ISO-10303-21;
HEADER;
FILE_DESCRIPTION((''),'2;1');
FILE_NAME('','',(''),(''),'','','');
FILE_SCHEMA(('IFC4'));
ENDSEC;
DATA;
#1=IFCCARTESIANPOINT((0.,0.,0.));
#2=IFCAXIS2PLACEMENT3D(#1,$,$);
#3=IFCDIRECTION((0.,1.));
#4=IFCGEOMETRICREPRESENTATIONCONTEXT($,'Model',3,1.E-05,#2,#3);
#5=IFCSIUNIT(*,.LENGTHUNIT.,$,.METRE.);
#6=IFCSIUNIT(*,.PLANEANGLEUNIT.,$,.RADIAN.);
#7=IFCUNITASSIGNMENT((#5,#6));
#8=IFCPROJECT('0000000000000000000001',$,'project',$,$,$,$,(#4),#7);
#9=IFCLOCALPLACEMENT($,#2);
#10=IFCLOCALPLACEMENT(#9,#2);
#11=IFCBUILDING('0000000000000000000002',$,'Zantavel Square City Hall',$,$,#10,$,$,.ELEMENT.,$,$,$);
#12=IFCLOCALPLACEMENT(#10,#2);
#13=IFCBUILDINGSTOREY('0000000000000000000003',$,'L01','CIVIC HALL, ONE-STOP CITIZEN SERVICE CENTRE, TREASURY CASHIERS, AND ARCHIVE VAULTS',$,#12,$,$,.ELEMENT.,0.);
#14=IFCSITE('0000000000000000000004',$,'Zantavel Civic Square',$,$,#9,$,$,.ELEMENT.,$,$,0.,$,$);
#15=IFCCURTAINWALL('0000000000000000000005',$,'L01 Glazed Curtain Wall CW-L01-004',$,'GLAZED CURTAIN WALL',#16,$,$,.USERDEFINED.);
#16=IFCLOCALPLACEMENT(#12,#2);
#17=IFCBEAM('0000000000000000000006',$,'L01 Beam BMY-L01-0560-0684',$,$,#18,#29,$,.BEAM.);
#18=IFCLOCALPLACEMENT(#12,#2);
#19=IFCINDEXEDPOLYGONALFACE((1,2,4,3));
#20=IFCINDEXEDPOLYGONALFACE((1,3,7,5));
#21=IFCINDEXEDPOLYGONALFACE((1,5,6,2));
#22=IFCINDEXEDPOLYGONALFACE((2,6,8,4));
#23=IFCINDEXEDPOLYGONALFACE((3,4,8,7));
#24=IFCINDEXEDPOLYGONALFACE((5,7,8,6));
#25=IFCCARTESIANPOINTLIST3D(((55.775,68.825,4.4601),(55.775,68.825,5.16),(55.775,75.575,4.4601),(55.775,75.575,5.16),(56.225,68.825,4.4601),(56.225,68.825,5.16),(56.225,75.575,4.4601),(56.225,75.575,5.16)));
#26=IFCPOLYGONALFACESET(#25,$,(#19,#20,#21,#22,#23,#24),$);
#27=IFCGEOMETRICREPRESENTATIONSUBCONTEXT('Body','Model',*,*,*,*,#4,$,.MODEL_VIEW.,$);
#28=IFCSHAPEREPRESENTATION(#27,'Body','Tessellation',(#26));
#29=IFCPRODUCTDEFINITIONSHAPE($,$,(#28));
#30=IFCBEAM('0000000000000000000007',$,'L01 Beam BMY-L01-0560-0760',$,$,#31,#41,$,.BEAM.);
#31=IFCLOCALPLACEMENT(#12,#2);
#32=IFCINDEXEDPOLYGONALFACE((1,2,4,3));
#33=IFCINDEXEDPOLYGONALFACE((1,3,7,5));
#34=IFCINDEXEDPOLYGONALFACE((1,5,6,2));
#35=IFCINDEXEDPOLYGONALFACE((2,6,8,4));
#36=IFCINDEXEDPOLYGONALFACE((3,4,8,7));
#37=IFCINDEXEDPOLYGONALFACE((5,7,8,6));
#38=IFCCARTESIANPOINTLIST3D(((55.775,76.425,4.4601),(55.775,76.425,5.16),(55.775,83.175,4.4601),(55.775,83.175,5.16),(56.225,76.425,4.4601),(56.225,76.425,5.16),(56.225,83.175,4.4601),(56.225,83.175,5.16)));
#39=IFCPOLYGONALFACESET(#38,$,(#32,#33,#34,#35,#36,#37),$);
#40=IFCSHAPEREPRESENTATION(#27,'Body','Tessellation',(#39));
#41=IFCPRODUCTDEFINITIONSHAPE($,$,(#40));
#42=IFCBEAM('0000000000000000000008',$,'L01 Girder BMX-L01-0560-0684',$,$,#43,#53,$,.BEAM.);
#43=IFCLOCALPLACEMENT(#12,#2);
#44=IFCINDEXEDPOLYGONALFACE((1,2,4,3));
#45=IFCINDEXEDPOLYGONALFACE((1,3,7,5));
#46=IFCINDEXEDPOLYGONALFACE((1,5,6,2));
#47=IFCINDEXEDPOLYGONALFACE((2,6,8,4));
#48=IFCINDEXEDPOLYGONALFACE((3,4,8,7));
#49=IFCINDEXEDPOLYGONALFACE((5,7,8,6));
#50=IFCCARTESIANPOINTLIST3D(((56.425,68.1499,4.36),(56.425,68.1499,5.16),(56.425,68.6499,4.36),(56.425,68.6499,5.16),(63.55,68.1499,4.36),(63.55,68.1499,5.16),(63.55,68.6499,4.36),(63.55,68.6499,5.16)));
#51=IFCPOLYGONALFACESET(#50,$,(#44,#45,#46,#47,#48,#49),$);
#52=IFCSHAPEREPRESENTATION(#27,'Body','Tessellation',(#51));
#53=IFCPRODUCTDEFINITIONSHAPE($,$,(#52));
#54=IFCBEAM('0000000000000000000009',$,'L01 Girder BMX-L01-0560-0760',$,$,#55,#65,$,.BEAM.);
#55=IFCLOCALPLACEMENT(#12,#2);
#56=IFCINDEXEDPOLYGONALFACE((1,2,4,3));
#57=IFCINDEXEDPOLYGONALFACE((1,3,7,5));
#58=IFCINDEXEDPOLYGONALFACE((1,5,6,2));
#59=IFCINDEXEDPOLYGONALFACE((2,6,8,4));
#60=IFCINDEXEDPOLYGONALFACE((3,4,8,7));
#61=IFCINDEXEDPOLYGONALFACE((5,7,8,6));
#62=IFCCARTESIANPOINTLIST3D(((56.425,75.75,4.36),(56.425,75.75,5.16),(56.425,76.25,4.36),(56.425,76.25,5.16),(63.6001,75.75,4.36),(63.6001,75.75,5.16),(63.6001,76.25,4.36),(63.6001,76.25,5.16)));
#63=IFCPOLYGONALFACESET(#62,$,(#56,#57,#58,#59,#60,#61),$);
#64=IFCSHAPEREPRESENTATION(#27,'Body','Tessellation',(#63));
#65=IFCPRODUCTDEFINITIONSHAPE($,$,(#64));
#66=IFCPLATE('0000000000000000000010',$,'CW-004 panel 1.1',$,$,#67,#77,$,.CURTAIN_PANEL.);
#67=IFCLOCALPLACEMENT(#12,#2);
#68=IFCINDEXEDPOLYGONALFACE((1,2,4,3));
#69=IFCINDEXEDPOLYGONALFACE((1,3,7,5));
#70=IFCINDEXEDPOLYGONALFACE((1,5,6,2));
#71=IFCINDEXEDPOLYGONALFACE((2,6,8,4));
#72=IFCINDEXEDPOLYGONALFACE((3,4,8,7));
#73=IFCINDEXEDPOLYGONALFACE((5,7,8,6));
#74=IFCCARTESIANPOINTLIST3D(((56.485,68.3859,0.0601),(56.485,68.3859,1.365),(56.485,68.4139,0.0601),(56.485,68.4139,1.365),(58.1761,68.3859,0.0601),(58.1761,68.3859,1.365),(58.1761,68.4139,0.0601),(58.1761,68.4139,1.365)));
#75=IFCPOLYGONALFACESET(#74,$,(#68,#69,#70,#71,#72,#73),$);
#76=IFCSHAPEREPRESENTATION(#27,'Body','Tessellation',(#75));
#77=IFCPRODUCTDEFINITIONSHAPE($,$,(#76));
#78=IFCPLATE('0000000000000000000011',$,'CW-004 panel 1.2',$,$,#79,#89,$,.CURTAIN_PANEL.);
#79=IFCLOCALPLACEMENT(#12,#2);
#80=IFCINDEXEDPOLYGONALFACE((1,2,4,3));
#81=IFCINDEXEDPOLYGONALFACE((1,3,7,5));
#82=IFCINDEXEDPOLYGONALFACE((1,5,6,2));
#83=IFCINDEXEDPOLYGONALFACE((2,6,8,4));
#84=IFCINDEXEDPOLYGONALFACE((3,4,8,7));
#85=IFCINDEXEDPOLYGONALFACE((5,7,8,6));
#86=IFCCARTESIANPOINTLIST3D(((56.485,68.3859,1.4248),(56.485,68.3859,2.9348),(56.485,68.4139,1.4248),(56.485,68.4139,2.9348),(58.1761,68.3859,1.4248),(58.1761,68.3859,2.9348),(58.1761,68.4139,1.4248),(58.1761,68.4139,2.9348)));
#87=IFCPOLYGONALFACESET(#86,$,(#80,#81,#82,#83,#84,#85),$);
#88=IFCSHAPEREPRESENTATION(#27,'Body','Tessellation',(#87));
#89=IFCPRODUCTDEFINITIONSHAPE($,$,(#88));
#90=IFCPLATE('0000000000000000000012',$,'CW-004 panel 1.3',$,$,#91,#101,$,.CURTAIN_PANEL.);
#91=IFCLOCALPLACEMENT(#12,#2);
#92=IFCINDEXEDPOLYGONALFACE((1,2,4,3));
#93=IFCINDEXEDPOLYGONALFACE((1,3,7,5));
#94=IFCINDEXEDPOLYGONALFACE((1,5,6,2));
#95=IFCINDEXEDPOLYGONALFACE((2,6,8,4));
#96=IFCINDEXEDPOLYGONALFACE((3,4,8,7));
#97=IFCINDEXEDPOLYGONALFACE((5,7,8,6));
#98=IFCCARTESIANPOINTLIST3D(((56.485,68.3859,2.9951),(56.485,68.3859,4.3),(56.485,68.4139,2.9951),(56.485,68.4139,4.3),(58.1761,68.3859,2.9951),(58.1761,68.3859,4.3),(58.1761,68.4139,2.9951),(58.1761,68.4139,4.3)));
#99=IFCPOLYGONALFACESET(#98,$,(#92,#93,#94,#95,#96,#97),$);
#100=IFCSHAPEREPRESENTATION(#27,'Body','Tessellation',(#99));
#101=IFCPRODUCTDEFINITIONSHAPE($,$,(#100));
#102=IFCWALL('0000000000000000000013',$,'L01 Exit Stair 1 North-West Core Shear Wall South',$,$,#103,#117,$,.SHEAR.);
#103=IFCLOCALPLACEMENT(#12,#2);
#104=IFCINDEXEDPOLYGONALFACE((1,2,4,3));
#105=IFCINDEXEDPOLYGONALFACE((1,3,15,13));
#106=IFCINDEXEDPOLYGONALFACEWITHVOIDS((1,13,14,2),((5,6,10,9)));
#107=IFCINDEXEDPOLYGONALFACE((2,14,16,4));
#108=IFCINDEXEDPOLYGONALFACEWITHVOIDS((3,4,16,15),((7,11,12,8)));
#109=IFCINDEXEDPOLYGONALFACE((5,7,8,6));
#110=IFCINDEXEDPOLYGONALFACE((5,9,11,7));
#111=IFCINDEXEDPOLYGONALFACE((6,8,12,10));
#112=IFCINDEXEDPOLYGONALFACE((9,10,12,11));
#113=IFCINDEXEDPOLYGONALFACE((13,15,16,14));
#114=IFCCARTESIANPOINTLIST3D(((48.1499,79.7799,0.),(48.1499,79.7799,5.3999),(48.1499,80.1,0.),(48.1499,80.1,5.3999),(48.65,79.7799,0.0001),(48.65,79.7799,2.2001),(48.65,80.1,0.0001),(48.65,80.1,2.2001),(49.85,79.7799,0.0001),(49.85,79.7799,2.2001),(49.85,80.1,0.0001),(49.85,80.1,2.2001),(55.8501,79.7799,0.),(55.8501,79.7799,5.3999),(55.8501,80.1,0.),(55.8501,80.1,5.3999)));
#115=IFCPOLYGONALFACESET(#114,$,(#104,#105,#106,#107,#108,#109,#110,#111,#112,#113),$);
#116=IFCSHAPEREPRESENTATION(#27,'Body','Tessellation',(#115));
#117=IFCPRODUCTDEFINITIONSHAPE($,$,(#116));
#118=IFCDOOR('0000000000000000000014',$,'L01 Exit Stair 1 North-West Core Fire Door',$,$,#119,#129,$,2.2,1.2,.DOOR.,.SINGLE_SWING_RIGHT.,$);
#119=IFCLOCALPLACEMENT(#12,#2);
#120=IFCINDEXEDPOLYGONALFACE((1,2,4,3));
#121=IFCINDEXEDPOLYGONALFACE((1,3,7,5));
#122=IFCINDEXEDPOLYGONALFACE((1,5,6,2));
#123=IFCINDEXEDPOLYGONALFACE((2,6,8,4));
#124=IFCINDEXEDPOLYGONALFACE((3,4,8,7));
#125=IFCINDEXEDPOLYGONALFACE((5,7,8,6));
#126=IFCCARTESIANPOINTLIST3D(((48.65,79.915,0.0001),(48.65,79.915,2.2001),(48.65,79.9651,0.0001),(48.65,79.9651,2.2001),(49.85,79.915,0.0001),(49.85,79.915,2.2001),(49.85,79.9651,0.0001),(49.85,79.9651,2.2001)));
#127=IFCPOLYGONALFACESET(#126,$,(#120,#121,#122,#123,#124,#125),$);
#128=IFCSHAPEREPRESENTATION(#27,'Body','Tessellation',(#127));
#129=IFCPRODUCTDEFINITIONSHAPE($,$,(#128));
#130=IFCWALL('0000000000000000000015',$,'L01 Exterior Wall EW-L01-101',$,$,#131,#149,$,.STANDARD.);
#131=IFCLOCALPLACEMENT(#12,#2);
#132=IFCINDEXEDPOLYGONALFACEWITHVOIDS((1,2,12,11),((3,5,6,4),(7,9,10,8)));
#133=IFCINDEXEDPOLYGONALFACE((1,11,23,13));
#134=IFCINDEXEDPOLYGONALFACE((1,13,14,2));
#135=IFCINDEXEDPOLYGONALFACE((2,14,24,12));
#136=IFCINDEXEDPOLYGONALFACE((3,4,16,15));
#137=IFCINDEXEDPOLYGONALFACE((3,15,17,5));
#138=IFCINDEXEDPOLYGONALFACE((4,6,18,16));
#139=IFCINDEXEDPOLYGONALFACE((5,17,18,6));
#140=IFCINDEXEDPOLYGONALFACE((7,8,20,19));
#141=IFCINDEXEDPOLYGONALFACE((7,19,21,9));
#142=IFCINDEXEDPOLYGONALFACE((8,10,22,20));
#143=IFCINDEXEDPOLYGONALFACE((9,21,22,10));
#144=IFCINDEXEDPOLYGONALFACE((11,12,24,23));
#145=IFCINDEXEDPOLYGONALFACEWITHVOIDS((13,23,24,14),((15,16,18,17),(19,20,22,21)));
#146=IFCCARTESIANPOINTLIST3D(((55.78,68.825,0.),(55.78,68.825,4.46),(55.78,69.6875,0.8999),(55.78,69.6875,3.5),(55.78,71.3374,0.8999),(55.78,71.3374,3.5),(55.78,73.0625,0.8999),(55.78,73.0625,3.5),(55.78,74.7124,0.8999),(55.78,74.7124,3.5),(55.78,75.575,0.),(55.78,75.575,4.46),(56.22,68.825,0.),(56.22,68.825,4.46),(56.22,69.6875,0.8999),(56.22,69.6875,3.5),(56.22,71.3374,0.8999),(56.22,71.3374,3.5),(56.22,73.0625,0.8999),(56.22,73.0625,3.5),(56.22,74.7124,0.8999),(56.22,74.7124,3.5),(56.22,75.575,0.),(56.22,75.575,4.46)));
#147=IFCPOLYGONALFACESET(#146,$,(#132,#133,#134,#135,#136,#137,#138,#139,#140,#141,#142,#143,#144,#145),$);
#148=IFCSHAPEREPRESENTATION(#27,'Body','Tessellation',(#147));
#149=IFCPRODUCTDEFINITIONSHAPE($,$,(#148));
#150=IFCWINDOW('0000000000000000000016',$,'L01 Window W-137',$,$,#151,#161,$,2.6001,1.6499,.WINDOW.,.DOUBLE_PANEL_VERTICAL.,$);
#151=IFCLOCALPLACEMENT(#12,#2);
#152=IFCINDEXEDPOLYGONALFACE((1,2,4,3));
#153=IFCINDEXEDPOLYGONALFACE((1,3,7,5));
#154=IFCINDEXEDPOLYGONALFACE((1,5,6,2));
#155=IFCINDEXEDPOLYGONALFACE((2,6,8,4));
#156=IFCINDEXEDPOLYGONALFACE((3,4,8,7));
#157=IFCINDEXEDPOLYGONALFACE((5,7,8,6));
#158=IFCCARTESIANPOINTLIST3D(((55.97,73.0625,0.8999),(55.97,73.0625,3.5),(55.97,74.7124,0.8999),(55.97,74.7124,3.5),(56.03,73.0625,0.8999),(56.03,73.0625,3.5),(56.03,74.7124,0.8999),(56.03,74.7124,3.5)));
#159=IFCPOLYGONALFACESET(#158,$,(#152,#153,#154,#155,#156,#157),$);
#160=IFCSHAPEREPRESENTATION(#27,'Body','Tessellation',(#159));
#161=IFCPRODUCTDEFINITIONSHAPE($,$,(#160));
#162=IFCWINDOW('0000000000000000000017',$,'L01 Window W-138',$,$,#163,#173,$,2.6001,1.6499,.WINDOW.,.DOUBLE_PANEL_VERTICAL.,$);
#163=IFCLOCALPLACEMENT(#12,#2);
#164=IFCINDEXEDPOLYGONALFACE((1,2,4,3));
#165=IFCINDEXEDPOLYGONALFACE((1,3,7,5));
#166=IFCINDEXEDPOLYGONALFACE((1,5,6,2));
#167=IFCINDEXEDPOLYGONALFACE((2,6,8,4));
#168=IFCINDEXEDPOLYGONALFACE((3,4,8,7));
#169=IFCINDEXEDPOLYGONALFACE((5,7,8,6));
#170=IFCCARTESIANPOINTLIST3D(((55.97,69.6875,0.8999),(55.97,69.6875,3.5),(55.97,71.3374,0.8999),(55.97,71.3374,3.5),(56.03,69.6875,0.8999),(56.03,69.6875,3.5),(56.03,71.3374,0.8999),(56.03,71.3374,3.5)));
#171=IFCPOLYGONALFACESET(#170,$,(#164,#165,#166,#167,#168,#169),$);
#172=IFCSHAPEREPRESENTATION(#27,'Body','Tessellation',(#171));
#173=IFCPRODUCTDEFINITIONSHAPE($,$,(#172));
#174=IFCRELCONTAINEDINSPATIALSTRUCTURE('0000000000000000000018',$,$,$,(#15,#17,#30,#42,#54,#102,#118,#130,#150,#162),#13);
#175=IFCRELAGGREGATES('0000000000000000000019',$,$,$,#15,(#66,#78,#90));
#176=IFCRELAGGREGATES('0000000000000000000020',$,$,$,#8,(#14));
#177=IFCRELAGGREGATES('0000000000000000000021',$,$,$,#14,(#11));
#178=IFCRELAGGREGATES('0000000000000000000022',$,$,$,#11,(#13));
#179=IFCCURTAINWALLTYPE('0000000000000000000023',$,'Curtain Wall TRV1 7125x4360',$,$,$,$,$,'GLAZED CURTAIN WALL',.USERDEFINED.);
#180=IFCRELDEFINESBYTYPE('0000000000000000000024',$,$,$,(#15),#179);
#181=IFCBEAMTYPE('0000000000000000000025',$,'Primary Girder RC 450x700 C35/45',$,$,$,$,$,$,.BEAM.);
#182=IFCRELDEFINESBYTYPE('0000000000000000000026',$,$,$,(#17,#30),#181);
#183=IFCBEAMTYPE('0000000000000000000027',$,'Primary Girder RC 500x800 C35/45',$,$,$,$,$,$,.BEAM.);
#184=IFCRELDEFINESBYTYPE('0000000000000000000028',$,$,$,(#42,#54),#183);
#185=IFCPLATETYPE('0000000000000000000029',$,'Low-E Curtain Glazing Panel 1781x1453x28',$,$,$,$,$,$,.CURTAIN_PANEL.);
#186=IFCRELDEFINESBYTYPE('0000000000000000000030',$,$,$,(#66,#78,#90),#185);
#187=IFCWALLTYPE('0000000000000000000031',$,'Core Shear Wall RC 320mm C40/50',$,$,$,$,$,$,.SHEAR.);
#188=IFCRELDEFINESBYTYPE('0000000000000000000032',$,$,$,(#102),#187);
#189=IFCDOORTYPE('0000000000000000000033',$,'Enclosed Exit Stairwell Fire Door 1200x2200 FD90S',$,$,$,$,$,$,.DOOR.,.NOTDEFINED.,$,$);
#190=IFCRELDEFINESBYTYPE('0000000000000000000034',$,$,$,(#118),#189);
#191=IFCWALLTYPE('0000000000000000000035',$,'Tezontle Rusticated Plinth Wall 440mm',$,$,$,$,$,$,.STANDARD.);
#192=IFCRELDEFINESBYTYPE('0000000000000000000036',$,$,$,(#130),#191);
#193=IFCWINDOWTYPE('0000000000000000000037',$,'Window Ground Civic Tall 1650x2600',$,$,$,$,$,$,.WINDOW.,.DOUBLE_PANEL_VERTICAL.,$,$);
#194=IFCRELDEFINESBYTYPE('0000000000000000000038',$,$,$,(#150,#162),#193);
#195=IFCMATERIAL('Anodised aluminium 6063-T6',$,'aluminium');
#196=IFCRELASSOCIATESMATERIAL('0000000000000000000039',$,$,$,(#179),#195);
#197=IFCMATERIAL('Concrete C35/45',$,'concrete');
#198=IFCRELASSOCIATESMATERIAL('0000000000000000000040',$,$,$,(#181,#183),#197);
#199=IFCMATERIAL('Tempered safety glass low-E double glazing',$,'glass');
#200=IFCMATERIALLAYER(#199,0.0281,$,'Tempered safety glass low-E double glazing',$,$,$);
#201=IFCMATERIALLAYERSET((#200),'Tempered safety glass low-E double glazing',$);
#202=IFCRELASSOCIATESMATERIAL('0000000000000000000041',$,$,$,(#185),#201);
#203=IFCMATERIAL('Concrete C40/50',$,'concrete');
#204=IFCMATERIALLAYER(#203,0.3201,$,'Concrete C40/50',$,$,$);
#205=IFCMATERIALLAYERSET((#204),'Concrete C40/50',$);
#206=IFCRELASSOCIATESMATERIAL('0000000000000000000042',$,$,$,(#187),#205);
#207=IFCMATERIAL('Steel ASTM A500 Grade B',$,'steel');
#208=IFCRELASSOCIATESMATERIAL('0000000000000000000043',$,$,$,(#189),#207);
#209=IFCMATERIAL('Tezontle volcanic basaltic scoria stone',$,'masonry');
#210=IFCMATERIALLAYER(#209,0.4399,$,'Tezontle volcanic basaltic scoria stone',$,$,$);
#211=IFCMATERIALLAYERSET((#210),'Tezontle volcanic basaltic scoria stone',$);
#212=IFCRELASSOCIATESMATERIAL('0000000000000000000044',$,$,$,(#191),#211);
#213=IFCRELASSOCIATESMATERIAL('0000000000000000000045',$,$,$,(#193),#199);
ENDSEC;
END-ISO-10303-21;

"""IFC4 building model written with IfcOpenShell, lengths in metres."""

from ifc_helpers import new_model, si_unit, direction, frame, frame_2d, origin, origin_2d, place, context, subcontext, project, spatial, rectangle, extrude, material, layer, layer_set, material_profile, profile_set, type_object, element, fill, aggregate, save


model = new_model("IFC4")

# Units and contexts
model_context = context("Model", 3, precision=1e-05, world=origin(), true_north=direction((0.0, 1.0)))
body_context = subcontext(model_context, "Body", "Model", "MODEL_VIEW")
ifc_project = project(units=[si_unit("LENGTHUNIT", "METRE"), si_unit("PLANEANGLEUNIT", "RADIAN")], contexts=[model_context])

# Site, building, storey
site_placement = place(None, origin())
site = spatial("IfcSite", under=ifc_project, at=site_placement, Name="Zantavel Civic Square", CompositionType="ELEMENT", RefElevation=0.0)
building_placement = place(site_placement, origin())
building = spatial("IfcBuilding", under=site, at=building_placement, Name="Zantavel Square City Hall", CompositionType="ELEMENT")
storey_placement = place(building_placement, origin())
storey = spatial("IfcBuildingStorey", under=building, at=storey_placement, Name="L01", Description="CIVIC HALL, ONE-STOP CITIZEN SERVICE CENTRE, TREASURY CASHIERS, AND ARCHIVE VAULTS", CompositionType="ELEMENT", Elevation=0.0)

# Shared definitions
ifc_material_1 = material(Name="Concrete C40/50", Category="concrete")

# Curtain wall
ifc_material_2 = material(Name="Anodised aluminium 6063-T6", Category="aluminium")
curtain_wall_type = type_object("IfcCurtainWallType", Name="Curtain Wall TRV1 7125x4360", ElementType="GLAZED CURTAIN WALL", PredefinedType="USERDEFINED", material=ifc_material_2)
curtain_wall_placement = place(storey_placement, origin())
curtain_wall = element("IfcCurtainWall", 1, at=curtain_wall_placement, inside=storey, type_object=curtain_wall_type, Name="L01 Glazed Curtain Wall CW-L01-004", ObjectType="GLAZED CURTAIN WALL", PredefinedType="USERDEFINED")

# Beams
ifc_material_3 = material(Name="Concrete C35/45", Category="concrete")
ifc_material_profile_1 = material_profile(ifc_material_3, rectangle(XDim=0.45, YDim=0.7, at=origin_2d()), Name="RC 450x700")
ifc_profile_set_1 = profile_set([ifc_material_profile_1], Name="Concrete C35/45")
beam_type_1 = type_object("IfcBeamType", Name="Primary Girder RC 450x700 C35/45", PredefinedType="BEAM", material=ifc_profile_set_1)
for number, where, z_axis, x_axis, name in (
    (2, (56.0, 68.825, 4.8101), (0.0, 1.0, 0.0), (-1.0, 0.0, 0.0), "L01 Beam BMY-L01-0560-0684"),
    (3, (56.0, 76.425, 4.8101), (0.0, 1.0, 0.0), (-1.0, 0.0, 0.0), "L01 Beam BMY-L01-0560-0760"),
):
    element("IfcBeam", number, at=place(storey_placement, frame(where, z_axis=z_axis, x_axis=x_axis)), inside=storey, type_object=beam_type_1, Name=name, PredefinedType="BEAM", context=body_context, shape_type="SweptSolid", body=[
        extrude(rectangle(XDim=0.45, YDim=0.7, at=origin_2d()), origin(), (0.0, 0.0, 1.0), 6.75),
    ])
ifc_material_profile_2 = material_profile(ifc_material_3, rectangle(XDim=0.5, YDim=0.8, at=origin_2d()), Name="RC 500x800")
ifc_profile_set_2 = profile_set([ifc_material_profile_2], Name="Concrete C35/45")
beam_type_2 = type_object("IfcBeamType", Name="Primary Girder RC 500x800 C35/45", PredefinedType="BEAM", material=ifc_profile_set_2)
beam_1_placement = place(storey_placement, frame((56.425, 68.3999, 4.76), z_axis=(1.0, 0.0, 0.0), x_axis=(0.0, 1.0, 0.0)))
element("IfcBeam", 4, at=beam_1_placement, inside=storey, type_object=beam_type_2, Name="L01 Girder BMX-L01-0560-0684", PredefinedType="BEAM", context=body_context, shape_type="SweptSolid", body=[
    extrude(rectangle(XDim=0.5, YDim=0.8, at=origin_2d()), origin(), (0.0, 0.0, 1.0), 7.125),
])
beam_2_placement = place(storey_placement, frame((56.425, 76.0, 4.76), z_axis=(1.0, 0.0, 0.0), x_axis=(0.0, 1.0, 0.0)))
element("IfcBeam", 5, at=beam_2_placement, inside=storey, type_object=beam_type_2, Name="L01 Girder BMX-L01-0560-0760", PredefinedType="BEAM", context=body_context, shape_type="SweptSolid", body=[
    extrude(rectangle(XDim=0.5, YDim=0.8, at=origin_2d()), origin(), (0.0, 0.0, 1.0), 7.175),
])

# Plates
ifc_material_4 = material(Name="Tempered safety glass low-E double glazing", Category="glass")
ifc_layer_1 = layer(ifc_material_4, 0.0281, Name="Tempered safety glass low-E double glazing")
ifc_layer_set_1 = layer_set([ifc_layer_1], Name="Tempered safety glass low-E double glazing")
plate_type = type_object("IfcPlateType", Name="Low-E Curtain Glazing Panel 1781x1453x28", PredefinedType="CURTAIN_PANEL", material=ifc_layer_set_1)
plate_1_placement = place(storey_placement, frame((57.3306, 68.3999, 0.0601), z_axis=(0.0, 0.0, 1.0), x_axis=(1.0, 0.0, 0.0)))
plate_1 = element("IfcPlate", 6, at=plate_1_placement, type_object=plate_type, Name="CW-004 panel 1.1", PredefinedType="CURTAIN_PANEL", context=body_context, shape_type="SweptSolid", body=[
    extrude(rectangle(XDim=1.6912, YDim=0.0281, at=origin_2d()), origin(), (0.0, 0.0, 1.0), 1.3049),
])
plate_2_placement = place(storey_placement, frame((57.3306, 68.3999, 1.4248), z_axis=(0.0, 0.0, 1.0), x_axis=(1.0, 0.0, 0.0)))
plate_2 = element("IfcPlate", 7, at=plate_2_placement, type_object=plate_type, Name="CW-004 panel 1.2", PredefinedType="CURTAIN_PANEL", context=body_context, shape_type="SweptSolid", body=[
    extrude(rectangle(XDim=1.6912, YDim=0.0281, at=origin_2d()), origin(), (0.0, 0.0, 1.0), 1.51),
])
plate_3_placement = place(storey_placement, frame((57.3306, 68.3999, 2.9951), z_axis=(0.0, 0.0, 1.0), x_axis=(1.0, 0.0, 0.0)))
plate_3 = element("IfcPlate", 8, at=plate_3_placement, type_object=plate_type, Name="CW-004 panel 1.3", PredefinedType="CURTAIN_PANEL", context=body_context, shape_type="SweptSolid", body=[
    extrude(rectangle(XDim=1.6912, YDim=0.0281, at=origin_2d()), origin(), (0.0, 0.0, 1.0), 1.3049),
])
aggregate(curtain_wall, [plate_1, plate_2, plate_3])

# Wall, opening, door
ifc_layer_2 = layer(ifc_material_1, 0.3201, Name="Concrete C40/50")
ifc_layer_set_2 = layer_set([ifc_layer_2], Name="Concrete C40/50")
wall_type_1 = type_object("IfcWallType", Name="Core Shear Wall RC 320mm C40/50", PredefinedType="SHEAR", material=ifc_layer_set_2)
wall_1_placement = place(storey_placement, frame((55.8501, 79.9399, 0.0), z_axis=(0.0, 0.0, 1.0), x_axis=(-1.0, 0.0, 0.0)))
wall_1 = element("IfcWall", 9, at=wall_1_placement, inside=storey, type_object=wall_type_1, Name="L01 Exit Stair 1 North-West Core Shear Wall South", PredefinedType="SHEAR", context=body_context, shape_type="SweptSolid", body=[
    extrude(rectangle(XDim=7.7002, YDim=0.3201, at=frame_2d((3.8501, 0.0))), origin(), (0.0, 0.0, 1.0), 5.3999),
])
opening_1_placement = place(wall_1_placement, frame((6.0, 0.0, 0.0)))
opening_1 = element("IfcOpeningElement", 10, at=opening_1_placement, cuts=wall_1, PredefinedType="OPENING", context=body_context, shape_type="SweptSolid", body=[
    extrude(rectangle(XDim=1.2, YDim=2.2, at=frame_2d((0.6001, 1.1001))), frame((0.0, 0.1699, 0.0), z_axis=(0.0, -1.0, 0.0), x_axis=(1.0, 0.0, 0.0)), (0.0, 0.0, 1.0), 0.3401),
])
ifc_material_5 = material(Name="Steel ASTM A500 Grade B", Category="steel")
door_type = type_object("IfcDoorType", Name="Enclosed Exit Stairwell Fire Door 1200x2200 FD90S", OperationType="NOTDEFINED", PredefinedType="DOOR", material=ifc_material_5)
door_placement = place(opening_1_placement, origin())
door = element("IfcDoor", 11, at=door_placement, inside=storey, type_object=door_type, Name="L01 Exit Stair 1 North-West Core Fire Door", OperationType="SINGLE_SWING_RIGHT", OverallHeight=2.2, OverallWidth=1.2, PredefinedType="DOOR", context=body_context, shape_type="SweptSolid", body=[
    extrude(rectangle(XDim=1.2, YDim=2.2, at=frame_2d((0.6001, 1.1001))), frame((0.0, 0.0249, 0.0), z_axis=(0.0, -1.0, 0.0), x_axis=(1.0, 0.0, 0.0)), (0.0, 0.0, 1.0), 0.05),
])
fill(opening_1, door)

# Wall, openings, windows
ifc_material_6 = material(Name="Tezontle volcanic basaltic scoria stone", Category="masonry")
ifc_layer_3 = layer(ifc_material_6, 0.4399, Name="Tezontle volcanic basaltic scoria stone")
ifc_layer_set_3 = layer_set([ifc_layer_3], Name="Tezontle volcanic basaltic scoria stone")
wall_type_2 = type_object("IfcWallType", Name="Tezontle Rusticated Plinth Wall 440mm", PredefinedType="STANDARD", material=ifc_layer_set_3)
wall_2_placement = place(storey_placement, frame((56.0, 75.575, 0.0), z_axis=(0.0, 0.0, 1.0), x_axis=(0.0, -1.0, 0.0)))
wall_2 = element("IfcWall", 12, at=wall_2_placement, inside=storey, type_object=wall_type_2, Name="L01 Exterior Wall EW-L01-101", PredefinedType="STANDARD", context=body_context, shape_type="SweptSolid", body=[
    extrude(rectangle(XDim=6.75, YDim=0.4399, at=frame_2d((3.375, 0.0))), origin(), (0.0, 0.0, 1.0), 4.46),
])
opening_2_placement = place(wall_2_placement, frame((0.8625, 0.0, 0.8999)))
opening_2 = element("IfcOpeningElement", 13, at=opening_2_placement, cuts=wall_2, PredefinedType="OPENING", context=body_context, shape_type="SweptSolid", body=[
    extrude(rectangle(XDim=1.6499, YDim=2.6001, at=frame_2d((0.825, 1.3))), frame((0.0, 0.23, 0.0), z_axis=(0.0, -1.0, 0.0), x_axis=(1.0, 0.0, 0.0)), (0.0, 0.0, 1.0), 0.46),
])
opening_3_placement = place(wall_2_placement, frame((4.2375, 0.0, 0.8999)))
opening_3 = element("IfcOpeningElement", 14, at=opening_3_placement, cuts=wall_2, PredefinedType="OPENING", context=body_context, shape_type="SweptSolid", body=[
    extrude(rectangle(XDim=1.6499, YDim=2.6001, at=frame_2d((0.825, 1.3))), frame((0.0, 0.23, 0.0), z_axis=(0.0, -1.0, 0.0), x_axis=(1.0, 0.0, 0.0)), (0.0, 0.0, 1.0), 0.46),
])
window_type = type_object("IfcWindowType", Name="Window Ground Civic Tall 1650x2600", PartitioningType="DOUBLE_PANEL_VERTICAL", PredefinedType="WINDOW", material=ifc_material_4)
window_1_placement = place(opening_2_placement, origin())
window_1 = element("IfcWindow", 15, at=window_1_placement, inside=storey, type_object=window_type, Name="L01 Window W-137", OverallHeight=2.6001, OverallWidth=1.6499, PartitioningType="DOUBLE_PANEL_VERTICAL", PredefinedType="WINDOW", context=body_context, shape_type="SweptSolid", body=[
    extrude(rectangle(XDim=1.6499, YDim=2.6001, at=frame_2d((0.825, 1.3))), frame((0.0, 0.03, 0.0), z_axis=(0.0, -1.0, 0.0), x_axis=(1.0, 0.0, 0.0)), (0.0, 0.0, 1.0), 0.0601),
])
fill(opening_2, window_1)
window_2_placement = place(opening_3_placement, origin())
window_2 = element("IfcWindow", 16, at=window_2_placement, inside=storey, type_object=window_type, Name="L01 Window W-138", OverallHeight=2.6001, OverallWidth=1.6499, PartitioningType="DOUBLE_PANEL_VERTICAL", PredefinedType="WINDOW", context=body_context, shape_type="SweptSolid", body=[
    extrude(rectangle(XDim=1.6499, YDim=2.6001, at=frame_2d((0.825, 1.3))), frame((0.0, 0.03, 0.0), z_axis=(0.0, -1.0, 0.0), x_axis=(1.0, 0.0, 0.0)), (0.0, 0.0, 1.0), 0.0601),
])
fill(opening_3, window_2)

save(model, "model.ifc")
